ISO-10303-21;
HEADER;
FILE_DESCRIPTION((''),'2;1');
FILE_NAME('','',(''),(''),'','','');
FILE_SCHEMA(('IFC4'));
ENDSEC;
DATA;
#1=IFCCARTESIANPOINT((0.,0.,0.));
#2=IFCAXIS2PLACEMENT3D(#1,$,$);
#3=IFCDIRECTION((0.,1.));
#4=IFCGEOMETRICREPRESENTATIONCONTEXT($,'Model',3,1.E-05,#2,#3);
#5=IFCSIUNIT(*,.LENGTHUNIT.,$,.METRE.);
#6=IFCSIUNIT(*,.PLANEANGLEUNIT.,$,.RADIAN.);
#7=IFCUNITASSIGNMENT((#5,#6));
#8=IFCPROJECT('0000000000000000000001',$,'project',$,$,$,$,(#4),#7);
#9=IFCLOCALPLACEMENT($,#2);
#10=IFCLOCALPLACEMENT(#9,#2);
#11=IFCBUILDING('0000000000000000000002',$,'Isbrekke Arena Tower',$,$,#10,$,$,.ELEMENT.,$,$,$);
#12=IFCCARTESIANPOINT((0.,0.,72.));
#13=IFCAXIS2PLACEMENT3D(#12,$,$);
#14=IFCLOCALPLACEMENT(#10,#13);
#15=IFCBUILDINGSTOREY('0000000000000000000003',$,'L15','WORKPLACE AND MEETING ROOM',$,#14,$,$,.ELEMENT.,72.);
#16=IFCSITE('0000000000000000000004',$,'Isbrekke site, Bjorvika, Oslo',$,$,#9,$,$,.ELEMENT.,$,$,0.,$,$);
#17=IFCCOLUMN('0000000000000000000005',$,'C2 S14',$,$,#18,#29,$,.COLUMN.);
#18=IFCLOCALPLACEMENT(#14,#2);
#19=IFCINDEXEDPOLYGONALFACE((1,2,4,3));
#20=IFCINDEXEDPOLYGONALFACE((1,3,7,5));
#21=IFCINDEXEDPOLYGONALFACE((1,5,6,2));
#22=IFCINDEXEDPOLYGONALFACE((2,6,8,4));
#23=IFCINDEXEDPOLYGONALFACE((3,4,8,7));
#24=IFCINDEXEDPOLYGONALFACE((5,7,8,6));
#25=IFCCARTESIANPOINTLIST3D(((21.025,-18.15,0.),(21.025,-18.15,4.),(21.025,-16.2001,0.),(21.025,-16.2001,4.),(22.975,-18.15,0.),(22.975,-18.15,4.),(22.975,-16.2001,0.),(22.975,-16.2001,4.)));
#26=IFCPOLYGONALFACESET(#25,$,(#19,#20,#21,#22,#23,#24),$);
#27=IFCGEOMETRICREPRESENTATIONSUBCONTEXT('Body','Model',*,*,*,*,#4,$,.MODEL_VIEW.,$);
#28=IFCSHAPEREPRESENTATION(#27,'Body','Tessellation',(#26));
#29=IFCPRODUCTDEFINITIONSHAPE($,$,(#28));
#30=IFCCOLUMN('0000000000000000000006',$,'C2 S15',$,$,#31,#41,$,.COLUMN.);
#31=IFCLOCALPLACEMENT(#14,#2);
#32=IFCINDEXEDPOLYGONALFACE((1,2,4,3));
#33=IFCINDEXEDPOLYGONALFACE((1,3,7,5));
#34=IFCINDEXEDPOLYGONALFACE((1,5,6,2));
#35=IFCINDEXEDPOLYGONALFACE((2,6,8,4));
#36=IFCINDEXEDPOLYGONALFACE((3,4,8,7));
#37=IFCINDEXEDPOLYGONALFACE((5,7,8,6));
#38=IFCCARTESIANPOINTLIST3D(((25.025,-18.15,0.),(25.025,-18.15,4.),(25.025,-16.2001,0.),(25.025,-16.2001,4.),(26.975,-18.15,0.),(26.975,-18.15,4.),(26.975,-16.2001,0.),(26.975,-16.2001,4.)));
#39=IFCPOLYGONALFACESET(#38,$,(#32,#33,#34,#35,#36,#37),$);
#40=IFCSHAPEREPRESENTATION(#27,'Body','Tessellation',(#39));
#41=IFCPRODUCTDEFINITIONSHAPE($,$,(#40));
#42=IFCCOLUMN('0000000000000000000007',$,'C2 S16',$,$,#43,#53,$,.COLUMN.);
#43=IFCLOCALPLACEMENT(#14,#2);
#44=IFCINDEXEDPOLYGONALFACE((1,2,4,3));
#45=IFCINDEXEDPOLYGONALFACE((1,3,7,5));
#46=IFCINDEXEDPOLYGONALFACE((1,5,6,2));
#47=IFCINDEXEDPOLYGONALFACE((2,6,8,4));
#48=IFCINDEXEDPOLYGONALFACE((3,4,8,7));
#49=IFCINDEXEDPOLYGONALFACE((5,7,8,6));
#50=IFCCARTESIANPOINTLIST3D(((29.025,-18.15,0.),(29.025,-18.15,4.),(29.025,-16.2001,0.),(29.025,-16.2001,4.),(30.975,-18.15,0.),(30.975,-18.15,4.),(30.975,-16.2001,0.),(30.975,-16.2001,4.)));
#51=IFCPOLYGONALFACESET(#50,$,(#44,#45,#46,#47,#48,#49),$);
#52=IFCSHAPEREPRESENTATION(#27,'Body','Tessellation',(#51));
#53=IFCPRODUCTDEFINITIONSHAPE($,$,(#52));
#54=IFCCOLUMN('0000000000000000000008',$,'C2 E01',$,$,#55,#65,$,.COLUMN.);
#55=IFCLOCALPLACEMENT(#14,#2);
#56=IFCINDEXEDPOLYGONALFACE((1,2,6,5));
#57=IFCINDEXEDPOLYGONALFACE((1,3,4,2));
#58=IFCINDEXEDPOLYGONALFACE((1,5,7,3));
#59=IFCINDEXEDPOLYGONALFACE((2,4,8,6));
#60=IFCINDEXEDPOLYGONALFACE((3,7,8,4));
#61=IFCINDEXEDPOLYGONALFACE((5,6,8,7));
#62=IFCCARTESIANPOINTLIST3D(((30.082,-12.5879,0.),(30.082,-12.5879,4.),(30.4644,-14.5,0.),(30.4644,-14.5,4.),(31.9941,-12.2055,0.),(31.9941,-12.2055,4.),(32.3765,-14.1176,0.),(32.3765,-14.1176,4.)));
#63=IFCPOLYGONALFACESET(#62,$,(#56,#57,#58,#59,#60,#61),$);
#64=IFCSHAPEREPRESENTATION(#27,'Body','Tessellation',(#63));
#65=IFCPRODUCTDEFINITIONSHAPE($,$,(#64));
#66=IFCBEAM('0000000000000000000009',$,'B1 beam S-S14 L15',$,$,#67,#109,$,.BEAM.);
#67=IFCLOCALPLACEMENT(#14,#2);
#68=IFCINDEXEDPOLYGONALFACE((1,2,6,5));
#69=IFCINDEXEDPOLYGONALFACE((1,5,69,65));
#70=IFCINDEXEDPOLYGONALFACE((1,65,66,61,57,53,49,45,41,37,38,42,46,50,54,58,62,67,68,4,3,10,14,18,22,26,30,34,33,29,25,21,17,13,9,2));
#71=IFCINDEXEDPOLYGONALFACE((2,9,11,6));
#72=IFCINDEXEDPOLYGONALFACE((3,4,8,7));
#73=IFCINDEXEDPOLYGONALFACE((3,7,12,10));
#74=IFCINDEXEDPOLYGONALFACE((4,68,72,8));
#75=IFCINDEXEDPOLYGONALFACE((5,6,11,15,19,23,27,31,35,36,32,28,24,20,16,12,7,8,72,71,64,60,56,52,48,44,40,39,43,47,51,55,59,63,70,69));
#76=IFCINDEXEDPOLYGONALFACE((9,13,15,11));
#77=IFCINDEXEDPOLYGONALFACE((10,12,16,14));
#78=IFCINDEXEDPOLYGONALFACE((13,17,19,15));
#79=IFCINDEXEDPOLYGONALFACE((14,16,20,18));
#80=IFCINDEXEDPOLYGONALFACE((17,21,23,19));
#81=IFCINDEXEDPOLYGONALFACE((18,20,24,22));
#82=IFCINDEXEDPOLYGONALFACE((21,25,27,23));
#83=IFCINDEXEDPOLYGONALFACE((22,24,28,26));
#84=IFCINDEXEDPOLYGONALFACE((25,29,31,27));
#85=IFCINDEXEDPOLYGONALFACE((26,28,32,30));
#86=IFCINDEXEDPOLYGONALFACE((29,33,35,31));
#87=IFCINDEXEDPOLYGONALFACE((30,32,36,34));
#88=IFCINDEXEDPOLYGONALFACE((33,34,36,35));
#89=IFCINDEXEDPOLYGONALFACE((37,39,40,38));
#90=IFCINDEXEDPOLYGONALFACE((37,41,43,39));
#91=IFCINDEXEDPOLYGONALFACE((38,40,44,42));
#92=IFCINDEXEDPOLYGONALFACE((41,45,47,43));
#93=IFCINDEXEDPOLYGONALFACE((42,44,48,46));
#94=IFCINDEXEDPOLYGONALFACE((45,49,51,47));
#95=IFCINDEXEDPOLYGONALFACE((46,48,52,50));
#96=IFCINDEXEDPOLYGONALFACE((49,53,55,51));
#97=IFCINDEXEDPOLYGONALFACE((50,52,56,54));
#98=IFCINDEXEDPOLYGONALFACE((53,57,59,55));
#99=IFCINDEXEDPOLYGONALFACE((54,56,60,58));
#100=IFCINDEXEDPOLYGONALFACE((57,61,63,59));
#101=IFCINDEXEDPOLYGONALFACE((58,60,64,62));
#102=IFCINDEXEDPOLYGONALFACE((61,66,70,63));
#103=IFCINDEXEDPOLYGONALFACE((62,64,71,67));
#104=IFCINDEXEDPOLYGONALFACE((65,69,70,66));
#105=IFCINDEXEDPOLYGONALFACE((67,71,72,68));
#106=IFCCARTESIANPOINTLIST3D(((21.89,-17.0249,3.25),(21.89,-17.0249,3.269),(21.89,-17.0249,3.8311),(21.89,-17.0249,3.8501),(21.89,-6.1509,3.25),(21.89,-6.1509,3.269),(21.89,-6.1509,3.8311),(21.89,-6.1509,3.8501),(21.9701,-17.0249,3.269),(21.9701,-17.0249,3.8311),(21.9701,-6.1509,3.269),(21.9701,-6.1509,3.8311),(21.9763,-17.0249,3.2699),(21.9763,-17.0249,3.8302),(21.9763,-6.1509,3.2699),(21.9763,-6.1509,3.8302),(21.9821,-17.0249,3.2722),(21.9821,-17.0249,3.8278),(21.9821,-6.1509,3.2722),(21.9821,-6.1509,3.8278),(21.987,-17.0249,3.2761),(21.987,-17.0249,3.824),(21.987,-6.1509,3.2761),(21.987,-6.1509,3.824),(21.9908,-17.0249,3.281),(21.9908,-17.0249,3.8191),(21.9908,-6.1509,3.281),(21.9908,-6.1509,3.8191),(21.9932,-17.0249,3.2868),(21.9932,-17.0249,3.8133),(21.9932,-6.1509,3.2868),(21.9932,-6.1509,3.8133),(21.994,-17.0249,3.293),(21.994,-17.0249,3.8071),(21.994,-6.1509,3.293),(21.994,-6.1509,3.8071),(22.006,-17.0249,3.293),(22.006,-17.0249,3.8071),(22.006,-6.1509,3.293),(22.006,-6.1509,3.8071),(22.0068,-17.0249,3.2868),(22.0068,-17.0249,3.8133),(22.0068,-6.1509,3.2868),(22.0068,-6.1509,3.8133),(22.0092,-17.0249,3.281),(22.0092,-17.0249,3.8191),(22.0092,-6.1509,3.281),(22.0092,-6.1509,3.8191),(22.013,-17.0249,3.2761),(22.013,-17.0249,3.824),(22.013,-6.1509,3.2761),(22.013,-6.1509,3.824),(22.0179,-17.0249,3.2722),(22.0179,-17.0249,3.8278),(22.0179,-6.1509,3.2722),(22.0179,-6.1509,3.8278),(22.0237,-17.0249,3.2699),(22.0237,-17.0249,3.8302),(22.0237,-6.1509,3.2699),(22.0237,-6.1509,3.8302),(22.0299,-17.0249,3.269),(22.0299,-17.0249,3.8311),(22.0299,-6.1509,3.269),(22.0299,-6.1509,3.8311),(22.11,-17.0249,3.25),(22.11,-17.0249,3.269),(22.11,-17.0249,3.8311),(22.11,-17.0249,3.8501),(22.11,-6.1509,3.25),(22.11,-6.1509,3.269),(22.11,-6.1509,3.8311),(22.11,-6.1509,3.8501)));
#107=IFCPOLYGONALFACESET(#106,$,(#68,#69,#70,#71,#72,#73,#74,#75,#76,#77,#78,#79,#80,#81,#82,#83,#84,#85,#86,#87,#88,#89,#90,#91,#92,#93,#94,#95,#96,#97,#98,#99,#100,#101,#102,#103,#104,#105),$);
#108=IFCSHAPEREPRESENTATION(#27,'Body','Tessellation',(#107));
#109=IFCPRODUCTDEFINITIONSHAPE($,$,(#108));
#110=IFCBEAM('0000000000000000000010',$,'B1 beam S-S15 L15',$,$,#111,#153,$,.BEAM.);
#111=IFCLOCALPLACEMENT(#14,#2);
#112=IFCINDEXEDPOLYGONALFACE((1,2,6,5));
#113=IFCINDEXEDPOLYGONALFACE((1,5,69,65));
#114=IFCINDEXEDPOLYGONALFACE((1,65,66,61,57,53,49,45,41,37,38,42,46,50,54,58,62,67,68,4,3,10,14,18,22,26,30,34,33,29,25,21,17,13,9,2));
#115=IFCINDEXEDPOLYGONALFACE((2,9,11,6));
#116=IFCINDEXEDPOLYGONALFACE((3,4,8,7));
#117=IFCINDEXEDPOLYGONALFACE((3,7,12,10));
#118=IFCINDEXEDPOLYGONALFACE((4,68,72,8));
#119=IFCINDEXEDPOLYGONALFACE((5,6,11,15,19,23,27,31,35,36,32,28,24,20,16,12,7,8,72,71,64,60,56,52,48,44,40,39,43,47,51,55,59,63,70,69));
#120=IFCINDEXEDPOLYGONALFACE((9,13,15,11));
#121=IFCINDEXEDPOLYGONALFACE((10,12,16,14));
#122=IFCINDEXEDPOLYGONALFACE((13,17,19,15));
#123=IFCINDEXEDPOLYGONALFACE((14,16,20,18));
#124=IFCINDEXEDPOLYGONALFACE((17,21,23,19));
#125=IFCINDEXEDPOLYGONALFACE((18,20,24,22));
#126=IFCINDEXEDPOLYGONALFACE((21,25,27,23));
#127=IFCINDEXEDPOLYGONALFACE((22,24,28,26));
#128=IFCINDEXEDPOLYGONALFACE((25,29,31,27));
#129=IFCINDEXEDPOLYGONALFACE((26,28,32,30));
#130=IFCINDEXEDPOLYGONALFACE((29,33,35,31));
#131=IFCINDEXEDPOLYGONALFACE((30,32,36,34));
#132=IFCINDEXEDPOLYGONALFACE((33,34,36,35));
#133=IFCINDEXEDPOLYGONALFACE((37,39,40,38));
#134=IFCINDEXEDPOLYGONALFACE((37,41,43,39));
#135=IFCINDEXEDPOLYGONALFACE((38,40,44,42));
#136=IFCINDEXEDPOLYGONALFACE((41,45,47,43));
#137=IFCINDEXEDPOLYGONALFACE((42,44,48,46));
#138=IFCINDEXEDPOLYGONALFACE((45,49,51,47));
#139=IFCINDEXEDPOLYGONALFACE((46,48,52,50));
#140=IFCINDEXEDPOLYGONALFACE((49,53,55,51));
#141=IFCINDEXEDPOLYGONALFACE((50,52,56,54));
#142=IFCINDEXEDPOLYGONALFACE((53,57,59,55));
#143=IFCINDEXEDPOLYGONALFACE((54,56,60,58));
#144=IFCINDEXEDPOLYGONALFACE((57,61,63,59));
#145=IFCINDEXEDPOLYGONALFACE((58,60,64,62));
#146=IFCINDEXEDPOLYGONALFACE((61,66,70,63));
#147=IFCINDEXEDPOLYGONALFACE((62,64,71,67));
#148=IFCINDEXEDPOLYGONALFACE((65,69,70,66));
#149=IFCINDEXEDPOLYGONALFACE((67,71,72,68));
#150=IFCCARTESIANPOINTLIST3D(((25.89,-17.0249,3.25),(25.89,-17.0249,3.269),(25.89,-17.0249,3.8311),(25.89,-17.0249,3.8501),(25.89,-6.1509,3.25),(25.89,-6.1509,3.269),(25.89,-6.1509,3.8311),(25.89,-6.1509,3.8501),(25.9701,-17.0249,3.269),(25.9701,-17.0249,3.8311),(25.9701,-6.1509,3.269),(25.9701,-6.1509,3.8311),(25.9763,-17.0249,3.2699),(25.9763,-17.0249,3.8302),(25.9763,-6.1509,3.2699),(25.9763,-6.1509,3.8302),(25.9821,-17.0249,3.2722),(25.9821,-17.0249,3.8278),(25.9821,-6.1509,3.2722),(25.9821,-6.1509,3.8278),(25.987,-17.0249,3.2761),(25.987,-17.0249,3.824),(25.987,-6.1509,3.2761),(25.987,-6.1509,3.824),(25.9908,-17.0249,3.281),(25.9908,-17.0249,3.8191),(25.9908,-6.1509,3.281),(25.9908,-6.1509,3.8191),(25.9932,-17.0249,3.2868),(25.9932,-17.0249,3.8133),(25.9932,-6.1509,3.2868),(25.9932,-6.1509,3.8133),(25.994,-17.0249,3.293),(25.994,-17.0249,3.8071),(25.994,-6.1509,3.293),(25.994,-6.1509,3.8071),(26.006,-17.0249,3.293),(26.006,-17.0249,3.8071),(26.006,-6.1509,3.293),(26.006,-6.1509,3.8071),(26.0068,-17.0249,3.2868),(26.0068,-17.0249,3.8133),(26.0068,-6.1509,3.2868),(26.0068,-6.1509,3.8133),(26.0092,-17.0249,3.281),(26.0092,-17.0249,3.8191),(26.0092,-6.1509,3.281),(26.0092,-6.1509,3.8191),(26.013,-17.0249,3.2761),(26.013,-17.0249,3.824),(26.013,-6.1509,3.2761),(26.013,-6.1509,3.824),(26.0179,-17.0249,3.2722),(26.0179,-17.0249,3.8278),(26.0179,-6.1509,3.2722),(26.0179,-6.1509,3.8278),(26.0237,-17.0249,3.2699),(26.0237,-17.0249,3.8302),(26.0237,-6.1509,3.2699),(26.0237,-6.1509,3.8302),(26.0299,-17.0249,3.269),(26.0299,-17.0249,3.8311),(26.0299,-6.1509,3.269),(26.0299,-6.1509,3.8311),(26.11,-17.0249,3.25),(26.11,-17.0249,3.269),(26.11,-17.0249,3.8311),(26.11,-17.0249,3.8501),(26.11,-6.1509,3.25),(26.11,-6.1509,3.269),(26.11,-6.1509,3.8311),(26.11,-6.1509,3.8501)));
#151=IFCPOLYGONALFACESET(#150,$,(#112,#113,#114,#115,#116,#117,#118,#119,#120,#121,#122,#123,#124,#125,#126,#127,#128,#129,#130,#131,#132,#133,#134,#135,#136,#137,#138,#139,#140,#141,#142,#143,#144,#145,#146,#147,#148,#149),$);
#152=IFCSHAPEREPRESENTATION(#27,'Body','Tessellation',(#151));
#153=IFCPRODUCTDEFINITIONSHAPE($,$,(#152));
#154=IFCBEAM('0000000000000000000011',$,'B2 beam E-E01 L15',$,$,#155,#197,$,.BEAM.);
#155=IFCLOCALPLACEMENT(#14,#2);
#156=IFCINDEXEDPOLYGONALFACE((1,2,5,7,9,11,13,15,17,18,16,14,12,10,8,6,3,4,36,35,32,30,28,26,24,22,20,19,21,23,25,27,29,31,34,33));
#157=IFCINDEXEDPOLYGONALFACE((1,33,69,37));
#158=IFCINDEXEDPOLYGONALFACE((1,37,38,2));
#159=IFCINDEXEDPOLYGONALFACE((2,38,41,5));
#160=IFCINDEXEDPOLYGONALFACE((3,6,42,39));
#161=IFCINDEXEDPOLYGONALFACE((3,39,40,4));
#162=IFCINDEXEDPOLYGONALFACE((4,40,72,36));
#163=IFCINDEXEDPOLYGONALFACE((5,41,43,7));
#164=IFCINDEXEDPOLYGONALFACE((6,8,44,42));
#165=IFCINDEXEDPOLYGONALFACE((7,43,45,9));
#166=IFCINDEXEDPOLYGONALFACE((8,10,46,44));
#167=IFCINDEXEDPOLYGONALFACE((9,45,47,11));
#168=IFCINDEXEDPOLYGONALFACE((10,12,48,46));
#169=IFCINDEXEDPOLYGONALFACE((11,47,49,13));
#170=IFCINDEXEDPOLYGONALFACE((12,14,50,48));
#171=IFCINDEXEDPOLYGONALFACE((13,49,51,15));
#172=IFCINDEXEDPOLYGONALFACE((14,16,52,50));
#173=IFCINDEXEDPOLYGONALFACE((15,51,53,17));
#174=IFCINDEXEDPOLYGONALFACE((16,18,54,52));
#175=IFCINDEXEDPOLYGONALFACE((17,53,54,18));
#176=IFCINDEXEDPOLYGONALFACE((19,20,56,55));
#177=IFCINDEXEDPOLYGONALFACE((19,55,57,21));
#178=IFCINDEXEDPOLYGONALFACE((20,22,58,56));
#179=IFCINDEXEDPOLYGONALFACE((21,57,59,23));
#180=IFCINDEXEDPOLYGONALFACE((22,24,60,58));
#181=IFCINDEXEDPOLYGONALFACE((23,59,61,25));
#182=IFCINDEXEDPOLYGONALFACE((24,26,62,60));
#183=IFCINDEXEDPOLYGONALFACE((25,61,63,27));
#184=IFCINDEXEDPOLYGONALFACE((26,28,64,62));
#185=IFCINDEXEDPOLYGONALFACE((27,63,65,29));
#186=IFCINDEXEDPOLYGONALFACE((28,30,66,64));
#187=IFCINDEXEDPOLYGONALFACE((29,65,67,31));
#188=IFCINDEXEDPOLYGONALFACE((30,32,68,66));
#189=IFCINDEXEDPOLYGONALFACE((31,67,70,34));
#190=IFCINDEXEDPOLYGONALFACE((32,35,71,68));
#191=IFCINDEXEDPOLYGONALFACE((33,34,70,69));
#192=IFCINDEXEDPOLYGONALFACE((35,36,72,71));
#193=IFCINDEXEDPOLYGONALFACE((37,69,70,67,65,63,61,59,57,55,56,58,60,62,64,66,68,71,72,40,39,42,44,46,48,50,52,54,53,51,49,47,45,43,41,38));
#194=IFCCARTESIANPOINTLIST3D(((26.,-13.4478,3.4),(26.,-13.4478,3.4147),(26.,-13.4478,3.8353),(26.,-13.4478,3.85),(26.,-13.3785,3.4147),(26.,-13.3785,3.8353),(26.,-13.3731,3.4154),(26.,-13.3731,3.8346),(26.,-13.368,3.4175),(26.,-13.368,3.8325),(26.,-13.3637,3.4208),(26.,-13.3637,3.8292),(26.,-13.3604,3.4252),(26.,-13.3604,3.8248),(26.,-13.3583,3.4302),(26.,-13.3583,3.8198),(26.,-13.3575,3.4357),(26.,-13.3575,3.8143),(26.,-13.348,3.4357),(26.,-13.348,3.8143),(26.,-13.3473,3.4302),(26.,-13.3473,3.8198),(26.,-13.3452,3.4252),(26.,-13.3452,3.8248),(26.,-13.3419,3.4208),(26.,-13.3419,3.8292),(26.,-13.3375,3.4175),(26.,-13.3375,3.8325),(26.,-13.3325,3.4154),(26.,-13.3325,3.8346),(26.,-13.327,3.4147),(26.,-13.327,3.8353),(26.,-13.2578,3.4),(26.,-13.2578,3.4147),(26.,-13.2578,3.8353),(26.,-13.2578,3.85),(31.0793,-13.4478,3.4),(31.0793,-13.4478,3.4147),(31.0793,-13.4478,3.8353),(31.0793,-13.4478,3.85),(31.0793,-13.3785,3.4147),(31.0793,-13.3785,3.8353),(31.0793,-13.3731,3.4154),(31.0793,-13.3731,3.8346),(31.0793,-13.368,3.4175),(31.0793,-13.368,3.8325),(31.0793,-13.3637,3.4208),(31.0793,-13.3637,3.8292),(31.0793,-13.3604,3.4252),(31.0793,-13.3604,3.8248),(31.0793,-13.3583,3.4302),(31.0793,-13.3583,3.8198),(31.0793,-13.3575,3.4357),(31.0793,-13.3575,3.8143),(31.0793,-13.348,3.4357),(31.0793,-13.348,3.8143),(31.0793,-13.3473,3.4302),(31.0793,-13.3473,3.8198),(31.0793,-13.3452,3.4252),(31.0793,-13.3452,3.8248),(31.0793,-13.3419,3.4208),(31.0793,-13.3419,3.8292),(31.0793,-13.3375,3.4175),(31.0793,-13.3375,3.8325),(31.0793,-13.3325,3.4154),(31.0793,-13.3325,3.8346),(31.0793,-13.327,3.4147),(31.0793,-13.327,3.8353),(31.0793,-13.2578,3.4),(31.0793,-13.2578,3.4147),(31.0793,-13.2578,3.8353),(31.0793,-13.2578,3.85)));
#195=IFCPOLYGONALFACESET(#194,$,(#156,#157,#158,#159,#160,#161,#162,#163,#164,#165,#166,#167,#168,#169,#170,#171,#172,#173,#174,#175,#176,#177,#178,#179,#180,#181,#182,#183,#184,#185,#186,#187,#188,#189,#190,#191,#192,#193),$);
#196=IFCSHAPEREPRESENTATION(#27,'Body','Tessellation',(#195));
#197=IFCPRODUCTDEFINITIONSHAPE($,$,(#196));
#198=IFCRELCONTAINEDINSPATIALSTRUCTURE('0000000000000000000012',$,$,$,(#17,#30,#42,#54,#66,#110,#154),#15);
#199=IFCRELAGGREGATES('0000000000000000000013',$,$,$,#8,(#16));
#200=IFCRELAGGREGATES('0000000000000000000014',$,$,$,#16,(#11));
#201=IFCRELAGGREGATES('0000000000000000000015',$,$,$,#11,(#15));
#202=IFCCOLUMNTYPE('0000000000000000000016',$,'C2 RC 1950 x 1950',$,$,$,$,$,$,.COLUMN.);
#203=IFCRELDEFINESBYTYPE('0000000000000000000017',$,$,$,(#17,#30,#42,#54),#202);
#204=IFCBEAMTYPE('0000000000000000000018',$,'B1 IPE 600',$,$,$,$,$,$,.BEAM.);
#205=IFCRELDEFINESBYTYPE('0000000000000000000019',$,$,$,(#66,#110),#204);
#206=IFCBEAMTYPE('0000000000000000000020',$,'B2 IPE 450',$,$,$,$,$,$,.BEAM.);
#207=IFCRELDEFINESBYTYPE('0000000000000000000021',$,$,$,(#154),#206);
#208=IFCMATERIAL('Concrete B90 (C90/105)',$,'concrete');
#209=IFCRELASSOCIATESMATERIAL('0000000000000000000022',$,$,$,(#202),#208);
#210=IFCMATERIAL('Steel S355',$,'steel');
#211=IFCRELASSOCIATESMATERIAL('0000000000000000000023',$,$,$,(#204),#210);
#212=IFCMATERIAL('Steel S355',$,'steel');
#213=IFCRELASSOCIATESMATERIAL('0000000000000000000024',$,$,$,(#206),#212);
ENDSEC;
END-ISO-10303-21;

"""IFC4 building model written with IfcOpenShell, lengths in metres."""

from ifc_helpers import new_model, si_unit, direction, frame, origin, origin_2d, place, context, subcontext, project, spatial, rectangle, i_section, extrude, material, material_profile, profile_set, type_object, element, save


model = new_model("IFC4")

# Units and contexts
model_context = context("Model", 3, precision=1e-05, world=origin(), true_north=direction((0.0, 1.0)))
body_context = subcontext(model_context, "Body", "Model", "MODEL_VIEW")
ifc_project = project(units=[si_unit("LENGTHUNIT", "METRE"), si_unit("PLANEANGLEUNIT", "RADIAN")], contexts=[model_context])

# Site, building, storey
site_placement = place(None, origin())
site = spatial("IfcSite", under=ifc_project, at=site_placement, Name="Isbrekke site, Bjorvika, Oslo", CompositionType="ELEMENT", RefElevation=0.0)
building_placement = place(site_placement, origin())
building = spatial("IfcBuilding", under=site, at=building_placement, Name="Isbrekke Arena Tower", CompositionType="ELEMENT")
storey_placement = place(building_placement, frame((0.0, 0.0, 72.0)))
storey = spatial("IfcBuildingStorey", under=building, at=storey_placement, Name="L15", Description="WORKPLACE AND MEETING ROOM", CompositionType="ELEMENT", Elevation=72.0)

# Columns
ifc_material_1 = material(Name="Concrete B90 (C90/105)", Category="concrete")
ifc_material_profile_1 = material_profile(ifc_material_1, rectangle(XDim=1.95, YDim=1.95, at=origin_2d()), Name="RC 1950x1950")
ifc_profile_set_1 = profile_set([ifc_material_profile_1], Name="Concrete B90 (C90/105)")
column_type = type_object("IfcColumnType", Name="C2 RC 1950 x 1950", PredefinedType="COLUMN", material=ifc_profile_set_1)
for number, where, z_axis, x_axis, name in (
    (1, (22.0, -17.175, 0.0), (0.0, 0.0, 1.0), (1.0, 0.0, 0.0), "C2 S14"),
    (2, (26.0, -17.175, 0.0), (0.0, 0.0, 1.0), (1.0, 0.0, 0.0), "C2 S15"),
    (3, (30.0, -17.175, 0.0), (0.0, 0.0, 1.0), (1.0, 0.0, 0.0), "C2 S16"),
    (4, (31.2292, -13.3528, 0.0), (0.0, 0.0, 1.0), (-0.196116, 0.980581, 0.0), "C2 E01"),
):
    element("IfcColumn", number, at=place(storey_placement, frame(where, z_axis=z_axis, x_axis=x_axis)), inside=storey, type_object=column_type, Name=name, PredefinedType="COLUMN", context=body_context, shape_type="SweptSolid", body=[
        extrude(rectangle(XDim=1.95, YDim=1.95, at=origin_2d()), origin(), (0.0, 0.0, 1.0), 4.0),
    ])

# Beams
ifc_material_2 = material(Name="Steel S355", Category="steel")
ifc_material_profile_2 = material_profile(ifc_material_2, i_section(OverallWidth=0.22, OverallDepth=0.6001, WebThickness=0.012, FlangeThickness=0.019, FilletRadius=0.0239, at=origin_2d()), Name="IPE 600")
ifc_profile_set_2 = profile_set([ifc_material_profile_2], Name="Steel S355")
beam_type_1 = type_object("IfcBeamType", Name="B1 IPE 600", PredefinedType="BEAM", material=ifc_profile_set_2)
for number, where, z_axis, x_axis, name in (
    (5, (22.0, -17.0249, 3.55), (0.0, 1.0, 0.0), (-1.0, 0.0, 0.0), "B1 beam S-S14 L15"),
    (6, (26.0, -17.0249, 3.55), (0.0, 1.0, 0.0), (-1.0, 0.0, 0.0), "B1 beam S-S15 L15"),
):
    element("IfcBeam", number, at=place(storey_placement, frame(where, z_axis=z_axis, x_axis=x_axis)), inside=storey, type_object=beam_type_1, Name=name, PredefinedType="BEAM", context=body_context, shape_type="SweptSolid", body=[
        extrude(i_section(OverallWidth=0.22, OverallDepth=0.6001, WebThickness=0.012, FlangeThickness=0.019, FilletRadius=0.0239, at=origin_2d()), origin(), (0.0, 0.0, 1.0), 10.874),
    ])
ifc_material_3 = material(Name="Steel S355", Category="steel")
ifc_material_profile_3 = material_profile(ifc_material_3, i_section(OverallWidth=0.1899, OverallDepth=0.45, WebThickness=0.0095, FlangeThickness=0.0146, FilletRadius=0.021, at=origin_2d()), Name="IPE 450")
ifc_profile_set_3 = profile_set([ifc_material_profile_3], Name="Steel S355")
beam_type_2 = type_object("IfcBeamType", Name="B2 IPE 450", PredefinedType="BEAM", material=ifc_profile_set_3)
beam_1_placement = place(storey_placement, frame((31.0793, -13.3528, 3.625), z_axis=(-1.0, 0.0, 0.0), x_axis=(0.0, -1.0, 0.0)))
element("IfcBeam", 7, at=beam_1_placement, inside=storey, type_object=beam_type_2, Name="B2 beam E-E01 L15", PredefinedType="BEAM", context=body_context, shape_type="SweptSolid", body=[
    extrude(i_section(OverallWidth=0.1899, OverallDepth=0.45, WebThickness=0.0095, FlangeThickness=0.0146, FilletRadius=0.021, at=origin_2d()), origin(), (0.0, 0.0, 1.0), 5.0793),
])

save(model, "model.ifc")
